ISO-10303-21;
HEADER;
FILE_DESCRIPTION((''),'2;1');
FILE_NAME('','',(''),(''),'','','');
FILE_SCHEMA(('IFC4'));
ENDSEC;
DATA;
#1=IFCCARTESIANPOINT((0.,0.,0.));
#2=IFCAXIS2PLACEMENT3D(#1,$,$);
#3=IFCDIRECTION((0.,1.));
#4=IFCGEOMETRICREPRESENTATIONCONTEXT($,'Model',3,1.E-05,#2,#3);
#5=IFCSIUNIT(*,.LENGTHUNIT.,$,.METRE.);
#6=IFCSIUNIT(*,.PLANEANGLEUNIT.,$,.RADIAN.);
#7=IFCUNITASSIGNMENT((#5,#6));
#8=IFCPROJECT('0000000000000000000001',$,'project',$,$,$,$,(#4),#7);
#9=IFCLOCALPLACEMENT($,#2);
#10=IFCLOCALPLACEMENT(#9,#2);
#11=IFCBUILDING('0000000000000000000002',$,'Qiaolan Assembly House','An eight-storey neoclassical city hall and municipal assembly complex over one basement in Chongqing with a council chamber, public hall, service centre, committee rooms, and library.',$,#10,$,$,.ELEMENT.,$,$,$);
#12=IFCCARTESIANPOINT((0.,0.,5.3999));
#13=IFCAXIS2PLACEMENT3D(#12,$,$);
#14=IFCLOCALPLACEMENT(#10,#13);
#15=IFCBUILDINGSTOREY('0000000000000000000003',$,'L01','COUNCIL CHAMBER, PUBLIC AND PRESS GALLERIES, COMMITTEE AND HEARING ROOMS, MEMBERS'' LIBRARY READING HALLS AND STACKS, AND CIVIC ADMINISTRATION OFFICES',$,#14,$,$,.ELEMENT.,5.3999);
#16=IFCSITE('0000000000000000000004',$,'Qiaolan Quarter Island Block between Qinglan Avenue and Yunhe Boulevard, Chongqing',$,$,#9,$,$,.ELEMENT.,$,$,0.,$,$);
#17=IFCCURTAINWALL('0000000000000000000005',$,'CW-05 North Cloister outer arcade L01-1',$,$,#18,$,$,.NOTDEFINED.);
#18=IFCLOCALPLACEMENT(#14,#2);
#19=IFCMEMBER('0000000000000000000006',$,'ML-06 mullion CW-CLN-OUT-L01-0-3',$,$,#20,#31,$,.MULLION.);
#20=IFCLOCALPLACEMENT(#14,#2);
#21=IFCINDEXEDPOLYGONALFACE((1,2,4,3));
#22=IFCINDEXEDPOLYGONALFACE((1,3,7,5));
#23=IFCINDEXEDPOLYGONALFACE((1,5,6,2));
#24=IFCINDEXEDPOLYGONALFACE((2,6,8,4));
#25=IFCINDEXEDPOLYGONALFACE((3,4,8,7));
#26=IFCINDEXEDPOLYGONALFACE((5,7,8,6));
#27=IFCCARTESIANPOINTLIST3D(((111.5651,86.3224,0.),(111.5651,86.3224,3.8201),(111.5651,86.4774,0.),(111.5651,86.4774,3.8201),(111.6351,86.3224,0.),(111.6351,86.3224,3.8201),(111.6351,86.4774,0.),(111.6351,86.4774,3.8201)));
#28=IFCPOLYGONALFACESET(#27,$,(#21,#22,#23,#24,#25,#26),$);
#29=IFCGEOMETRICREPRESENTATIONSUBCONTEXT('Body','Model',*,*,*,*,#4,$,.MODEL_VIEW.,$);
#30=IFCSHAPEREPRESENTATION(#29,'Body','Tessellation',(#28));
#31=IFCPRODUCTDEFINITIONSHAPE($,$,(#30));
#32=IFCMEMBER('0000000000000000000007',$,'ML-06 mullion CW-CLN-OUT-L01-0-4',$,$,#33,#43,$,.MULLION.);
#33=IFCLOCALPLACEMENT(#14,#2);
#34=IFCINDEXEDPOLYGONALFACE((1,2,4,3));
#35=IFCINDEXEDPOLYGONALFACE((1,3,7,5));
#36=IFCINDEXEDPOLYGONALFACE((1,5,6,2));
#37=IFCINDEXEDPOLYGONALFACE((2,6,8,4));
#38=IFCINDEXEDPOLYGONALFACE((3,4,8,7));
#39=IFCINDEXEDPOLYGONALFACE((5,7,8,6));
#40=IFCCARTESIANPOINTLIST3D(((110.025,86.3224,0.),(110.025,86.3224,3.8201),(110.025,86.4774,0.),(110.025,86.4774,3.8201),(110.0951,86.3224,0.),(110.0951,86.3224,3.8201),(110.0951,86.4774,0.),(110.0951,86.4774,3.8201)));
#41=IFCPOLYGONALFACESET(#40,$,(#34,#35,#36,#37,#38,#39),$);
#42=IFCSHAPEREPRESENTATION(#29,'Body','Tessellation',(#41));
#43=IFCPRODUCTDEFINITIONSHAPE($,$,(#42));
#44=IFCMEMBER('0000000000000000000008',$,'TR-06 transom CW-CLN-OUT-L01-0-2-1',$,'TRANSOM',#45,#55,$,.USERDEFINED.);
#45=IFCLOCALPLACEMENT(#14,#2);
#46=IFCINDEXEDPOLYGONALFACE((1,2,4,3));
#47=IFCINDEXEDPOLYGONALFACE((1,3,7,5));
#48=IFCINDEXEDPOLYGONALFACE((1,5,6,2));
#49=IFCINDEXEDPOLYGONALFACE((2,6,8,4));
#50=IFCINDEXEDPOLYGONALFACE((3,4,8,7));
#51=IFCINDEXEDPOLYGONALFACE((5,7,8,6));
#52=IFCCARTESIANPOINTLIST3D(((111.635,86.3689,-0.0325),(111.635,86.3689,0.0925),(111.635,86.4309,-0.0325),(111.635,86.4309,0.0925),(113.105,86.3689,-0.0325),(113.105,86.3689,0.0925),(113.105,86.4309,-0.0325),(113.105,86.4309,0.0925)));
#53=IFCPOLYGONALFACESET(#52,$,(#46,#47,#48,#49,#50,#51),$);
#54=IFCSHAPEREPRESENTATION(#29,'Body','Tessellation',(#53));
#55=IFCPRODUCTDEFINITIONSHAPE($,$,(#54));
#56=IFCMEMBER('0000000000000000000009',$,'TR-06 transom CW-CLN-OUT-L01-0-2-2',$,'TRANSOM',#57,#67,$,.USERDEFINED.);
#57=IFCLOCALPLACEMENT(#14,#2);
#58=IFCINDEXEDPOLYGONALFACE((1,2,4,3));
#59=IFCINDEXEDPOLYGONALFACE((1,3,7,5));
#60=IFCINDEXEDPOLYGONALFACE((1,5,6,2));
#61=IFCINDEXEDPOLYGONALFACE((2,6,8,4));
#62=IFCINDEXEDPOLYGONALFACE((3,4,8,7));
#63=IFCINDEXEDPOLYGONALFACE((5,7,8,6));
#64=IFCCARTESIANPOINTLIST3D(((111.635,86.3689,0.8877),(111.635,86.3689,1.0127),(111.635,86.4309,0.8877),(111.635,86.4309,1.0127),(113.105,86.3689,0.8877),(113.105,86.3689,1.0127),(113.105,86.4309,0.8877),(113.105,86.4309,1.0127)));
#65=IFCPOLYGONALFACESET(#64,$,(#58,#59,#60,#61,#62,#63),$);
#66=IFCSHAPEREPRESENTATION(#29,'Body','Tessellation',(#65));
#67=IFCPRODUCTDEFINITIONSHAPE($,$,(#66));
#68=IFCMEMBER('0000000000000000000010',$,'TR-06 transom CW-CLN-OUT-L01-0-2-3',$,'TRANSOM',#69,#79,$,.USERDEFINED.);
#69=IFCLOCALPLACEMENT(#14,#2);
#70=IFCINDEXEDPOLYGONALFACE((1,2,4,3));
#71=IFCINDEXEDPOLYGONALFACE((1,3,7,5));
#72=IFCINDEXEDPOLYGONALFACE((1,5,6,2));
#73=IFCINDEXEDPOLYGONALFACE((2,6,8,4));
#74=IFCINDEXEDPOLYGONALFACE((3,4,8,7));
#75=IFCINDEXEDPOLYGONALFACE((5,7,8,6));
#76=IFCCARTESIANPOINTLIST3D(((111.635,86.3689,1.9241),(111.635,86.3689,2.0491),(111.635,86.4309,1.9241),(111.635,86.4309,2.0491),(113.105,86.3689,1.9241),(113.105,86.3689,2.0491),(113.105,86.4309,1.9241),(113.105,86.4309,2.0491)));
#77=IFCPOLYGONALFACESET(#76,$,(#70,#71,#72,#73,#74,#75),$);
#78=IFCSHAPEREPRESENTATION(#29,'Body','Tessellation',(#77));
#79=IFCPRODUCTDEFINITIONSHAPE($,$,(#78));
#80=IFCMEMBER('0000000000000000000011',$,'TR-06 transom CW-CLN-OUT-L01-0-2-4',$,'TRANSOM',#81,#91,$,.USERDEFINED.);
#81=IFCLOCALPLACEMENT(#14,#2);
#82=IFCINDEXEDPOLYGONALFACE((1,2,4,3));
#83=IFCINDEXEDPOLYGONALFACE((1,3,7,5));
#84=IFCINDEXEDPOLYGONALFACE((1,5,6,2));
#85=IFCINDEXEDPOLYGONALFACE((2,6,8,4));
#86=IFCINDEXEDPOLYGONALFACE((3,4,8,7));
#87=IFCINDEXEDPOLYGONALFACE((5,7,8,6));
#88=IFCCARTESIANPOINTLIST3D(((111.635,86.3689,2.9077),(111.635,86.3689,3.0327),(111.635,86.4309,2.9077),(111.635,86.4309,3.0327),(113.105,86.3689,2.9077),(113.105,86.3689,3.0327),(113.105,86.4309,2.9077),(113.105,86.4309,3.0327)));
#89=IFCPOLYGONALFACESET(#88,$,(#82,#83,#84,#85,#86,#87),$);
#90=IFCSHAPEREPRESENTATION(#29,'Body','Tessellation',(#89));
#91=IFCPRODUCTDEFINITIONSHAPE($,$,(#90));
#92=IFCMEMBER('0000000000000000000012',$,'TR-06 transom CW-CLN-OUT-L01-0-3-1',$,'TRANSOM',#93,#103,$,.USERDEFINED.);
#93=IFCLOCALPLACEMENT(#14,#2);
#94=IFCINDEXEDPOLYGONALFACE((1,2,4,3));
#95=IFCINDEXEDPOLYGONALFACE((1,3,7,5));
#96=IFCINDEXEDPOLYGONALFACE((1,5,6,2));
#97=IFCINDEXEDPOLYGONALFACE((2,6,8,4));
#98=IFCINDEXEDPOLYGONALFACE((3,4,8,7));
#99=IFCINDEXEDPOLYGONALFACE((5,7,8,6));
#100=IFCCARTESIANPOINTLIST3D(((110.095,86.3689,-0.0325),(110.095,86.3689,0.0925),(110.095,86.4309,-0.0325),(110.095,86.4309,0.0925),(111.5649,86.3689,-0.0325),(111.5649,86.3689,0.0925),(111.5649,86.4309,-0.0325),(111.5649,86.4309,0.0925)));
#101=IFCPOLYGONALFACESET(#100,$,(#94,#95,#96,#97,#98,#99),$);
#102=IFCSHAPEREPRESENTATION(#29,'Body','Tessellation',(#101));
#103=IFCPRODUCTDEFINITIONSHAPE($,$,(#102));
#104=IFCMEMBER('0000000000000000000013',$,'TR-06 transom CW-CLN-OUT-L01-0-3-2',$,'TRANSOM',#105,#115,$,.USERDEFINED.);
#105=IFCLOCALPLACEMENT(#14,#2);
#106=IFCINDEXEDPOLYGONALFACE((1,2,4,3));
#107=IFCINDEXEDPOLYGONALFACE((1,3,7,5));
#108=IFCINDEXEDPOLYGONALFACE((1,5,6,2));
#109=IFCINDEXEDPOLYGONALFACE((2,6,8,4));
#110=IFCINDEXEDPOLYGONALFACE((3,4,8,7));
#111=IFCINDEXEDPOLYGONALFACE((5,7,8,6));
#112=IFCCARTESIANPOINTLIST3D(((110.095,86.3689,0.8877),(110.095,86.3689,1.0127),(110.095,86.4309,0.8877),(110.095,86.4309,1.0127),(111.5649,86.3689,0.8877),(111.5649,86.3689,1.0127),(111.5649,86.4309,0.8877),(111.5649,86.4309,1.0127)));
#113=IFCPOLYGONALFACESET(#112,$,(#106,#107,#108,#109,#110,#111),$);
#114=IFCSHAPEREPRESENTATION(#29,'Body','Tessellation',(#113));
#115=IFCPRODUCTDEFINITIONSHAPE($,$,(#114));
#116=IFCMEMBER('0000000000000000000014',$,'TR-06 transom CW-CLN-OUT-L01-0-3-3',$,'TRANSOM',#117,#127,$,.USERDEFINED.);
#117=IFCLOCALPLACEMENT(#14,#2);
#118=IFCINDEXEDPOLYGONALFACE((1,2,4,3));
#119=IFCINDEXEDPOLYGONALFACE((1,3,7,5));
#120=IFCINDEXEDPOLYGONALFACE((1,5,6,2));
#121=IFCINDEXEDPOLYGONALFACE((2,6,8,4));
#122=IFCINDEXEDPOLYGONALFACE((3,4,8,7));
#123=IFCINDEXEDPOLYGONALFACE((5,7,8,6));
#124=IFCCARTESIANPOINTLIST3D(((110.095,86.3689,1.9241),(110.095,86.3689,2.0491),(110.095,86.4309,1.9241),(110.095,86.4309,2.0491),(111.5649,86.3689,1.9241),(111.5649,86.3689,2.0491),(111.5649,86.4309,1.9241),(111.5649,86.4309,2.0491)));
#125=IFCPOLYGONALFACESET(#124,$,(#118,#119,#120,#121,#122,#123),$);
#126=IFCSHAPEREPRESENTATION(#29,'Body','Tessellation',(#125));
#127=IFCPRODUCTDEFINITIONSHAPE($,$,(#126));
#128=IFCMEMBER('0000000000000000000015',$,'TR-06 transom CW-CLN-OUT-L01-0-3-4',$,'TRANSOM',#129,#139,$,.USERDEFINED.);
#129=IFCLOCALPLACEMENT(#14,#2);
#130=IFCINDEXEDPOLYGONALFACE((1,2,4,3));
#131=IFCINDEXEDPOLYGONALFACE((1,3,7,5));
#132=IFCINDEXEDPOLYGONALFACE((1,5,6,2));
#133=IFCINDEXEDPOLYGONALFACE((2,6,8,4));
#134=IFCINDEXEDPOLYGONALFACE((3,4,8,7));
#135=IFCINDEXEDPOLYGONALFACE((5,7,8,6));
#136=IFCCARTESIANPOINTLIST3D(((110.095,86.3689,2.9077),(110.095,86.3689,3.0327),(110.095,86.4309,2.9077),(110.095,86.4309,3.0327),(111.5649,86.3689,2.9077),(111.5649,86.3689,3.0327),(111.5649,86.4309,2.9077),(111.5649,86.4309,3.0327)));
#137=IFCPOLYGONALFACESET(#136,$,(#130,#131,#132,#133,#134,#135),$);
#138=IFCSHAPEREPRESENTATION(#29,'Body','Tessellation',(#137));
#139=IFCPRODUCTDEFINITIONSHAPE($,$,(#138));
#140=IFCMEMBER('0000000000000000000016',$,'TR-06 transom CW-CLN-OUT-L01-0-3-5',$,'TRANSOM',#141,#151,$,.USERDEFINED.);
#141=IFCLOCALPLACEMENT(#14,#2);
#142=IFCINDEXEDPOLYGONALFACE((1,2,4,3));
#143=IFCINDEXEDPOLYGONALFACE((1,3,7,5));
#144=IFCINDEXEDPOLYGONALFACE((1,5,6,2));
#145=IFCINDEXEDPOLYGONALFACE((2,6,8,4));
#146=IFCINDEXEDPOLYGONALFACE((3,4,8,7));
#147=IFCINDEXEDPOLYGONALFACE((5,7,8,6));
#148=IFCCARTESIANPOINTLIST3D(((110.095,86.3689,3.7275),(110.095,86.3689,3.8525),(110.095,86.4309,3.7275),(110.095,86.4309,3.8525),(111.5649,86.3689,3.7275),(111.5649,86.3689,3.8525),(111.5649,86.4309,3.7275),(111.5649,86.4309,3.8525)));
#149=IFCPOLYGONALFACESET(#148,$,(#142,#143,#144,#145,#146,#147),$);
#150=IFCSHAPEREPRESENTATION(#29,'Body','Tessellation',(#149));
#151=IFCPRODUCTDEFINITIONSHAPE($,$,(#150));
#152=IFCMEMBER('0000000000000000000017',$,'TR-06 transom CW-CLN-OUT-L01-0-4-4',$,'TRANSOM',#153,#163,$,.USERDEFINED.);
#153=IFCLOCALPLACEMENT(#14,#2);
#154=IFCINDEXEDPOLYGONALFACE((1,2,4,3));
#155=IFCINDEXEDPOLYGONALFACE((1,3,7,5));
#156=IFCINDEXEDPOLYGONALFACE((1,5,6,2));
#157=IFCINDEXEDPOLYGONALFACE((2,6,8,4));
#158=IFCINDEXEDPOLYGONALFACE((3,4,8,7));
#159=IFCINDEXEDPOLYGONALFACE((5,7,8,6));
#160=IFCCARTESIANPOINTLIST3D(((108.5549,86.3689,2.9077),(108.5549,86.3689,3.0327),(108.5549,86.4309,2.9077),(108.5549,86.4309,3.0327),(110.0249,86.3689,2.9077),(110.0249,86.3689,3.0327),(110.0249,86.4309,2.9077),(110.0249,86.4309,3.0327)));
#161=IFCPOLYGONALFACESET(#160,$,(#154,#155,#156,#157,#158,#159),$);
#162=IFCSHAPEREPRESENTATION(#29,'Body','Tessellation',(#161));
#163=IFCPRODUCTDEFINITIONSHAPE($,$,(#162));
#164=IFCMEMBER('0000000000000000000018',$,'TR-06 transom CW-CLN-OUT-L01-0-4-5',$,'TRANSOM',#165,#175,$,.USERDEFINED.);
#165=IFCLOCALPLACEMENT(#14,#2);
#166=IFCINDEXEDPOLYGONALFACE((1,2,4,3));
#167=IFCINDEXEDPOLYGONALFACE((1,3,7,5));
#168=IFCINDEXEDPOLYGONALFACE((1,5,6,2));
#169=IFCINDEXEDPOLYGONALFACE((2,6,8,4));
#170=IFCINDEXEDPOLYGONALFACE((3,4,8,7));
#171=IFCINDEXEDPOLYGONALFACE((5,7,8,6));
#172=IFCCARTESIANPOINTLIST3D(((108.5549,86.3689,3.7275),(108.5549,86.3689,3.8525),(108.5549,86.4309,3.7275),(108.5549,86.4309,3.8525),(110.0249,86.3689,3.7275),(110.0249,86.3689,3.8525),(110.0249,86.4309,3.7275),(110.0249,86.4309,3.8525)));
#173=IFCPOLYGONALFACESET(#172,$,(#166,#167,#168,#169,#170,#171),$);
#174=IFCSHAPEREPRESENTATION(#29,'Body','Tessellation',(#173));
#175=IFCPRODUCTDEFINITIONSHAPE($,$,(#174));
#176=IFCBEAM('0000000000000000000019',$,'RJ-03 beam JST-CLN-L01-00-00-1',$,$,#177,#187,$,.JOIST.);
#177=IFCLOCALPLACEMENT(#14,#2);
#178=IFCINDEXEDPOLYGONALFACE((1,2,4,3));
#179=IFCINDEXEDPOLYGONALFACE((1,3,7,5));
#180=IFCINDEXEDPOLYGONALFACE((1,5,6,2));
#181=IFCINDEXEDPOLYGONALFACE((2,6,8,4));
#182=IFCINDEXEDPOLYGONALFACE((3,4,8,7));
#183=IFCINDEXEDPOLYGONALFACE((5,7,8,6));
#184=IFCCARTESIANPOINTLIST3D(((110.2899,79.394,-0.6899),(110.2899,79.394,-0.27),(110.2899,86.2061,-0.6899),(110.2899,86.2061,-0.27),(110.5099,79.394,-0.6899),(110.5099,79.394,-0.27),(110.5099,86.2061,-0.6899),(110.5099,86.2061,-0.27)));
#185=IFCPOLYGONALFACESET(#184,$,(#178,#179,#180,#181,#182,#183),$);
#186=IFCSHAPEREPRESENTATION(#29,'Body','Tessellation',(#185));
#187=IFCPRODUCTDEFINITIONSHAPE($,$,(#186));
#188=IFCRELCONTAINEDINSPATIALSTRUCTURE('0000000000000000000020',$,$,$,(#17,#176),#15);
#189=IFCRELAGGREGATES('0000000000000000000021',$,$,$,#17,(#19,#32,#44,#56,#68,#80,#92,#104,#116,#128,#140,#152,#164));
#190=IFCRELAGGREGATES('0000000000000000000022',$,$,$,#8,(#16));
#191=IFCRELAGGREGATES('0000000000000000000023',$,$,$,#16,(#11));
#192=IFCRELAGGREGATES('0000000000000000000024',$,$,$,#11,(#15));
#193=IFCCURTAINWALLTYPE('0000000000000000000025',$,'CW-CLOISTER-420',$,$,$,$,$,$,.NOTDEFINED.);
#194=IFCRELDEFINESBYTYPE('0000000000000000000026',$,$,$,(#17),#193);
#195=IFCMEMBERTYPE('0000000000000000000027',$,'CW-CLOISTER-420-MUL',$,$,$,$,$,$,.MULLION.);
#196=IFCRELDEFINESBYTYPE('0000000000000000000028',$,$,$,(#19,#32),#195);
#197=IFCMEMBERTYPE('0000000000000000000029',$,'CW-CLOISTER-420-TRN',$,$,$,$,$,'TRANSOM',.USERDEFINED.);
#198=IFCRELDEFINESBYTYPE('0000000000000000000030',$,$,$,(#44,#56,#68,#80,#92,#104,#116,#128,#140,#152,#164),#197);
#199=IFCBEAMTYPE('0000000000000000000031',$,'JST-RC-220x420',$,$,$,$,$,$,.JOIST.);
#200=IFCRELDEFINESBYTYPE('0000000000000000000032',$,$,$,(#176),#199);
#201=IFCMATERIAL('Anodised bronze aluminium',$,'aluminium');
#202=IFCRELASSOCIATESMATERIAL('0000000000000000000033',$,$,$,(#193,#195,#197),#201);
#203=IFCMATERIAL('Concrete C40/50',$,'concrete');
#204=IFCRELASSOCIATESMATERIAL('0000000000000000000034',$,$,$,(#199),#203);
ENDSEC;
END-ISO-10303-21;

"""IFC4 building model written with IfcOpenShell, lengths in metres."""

from ifc_helpers import new_model, si_unit, direction, frame, origin, origin_2d, place, context, subcontext, project, spatial, rectangle, extrude, material, material_profile, profile_set, type_object, element, aggregate, save


model = new_model("IFC4")

# Units and contexts
model_context = context("Model", 3, precision=1e-05, world=origin(), true_north=direction((0.0, 1.0)))
body_context = subcontext(model_context, "Body", "Model", "MODEL_VIEW")
ifc_project = project(units=[si_unit("LENGTHUNIT", "METRE"), si_unit("PLANEANGLEUNIT", "RADIAN")], contexts=[model_context])

# Site, building, storey
site_placement = place(None, origin())
site = spatial("IfcSite", under=ifc_project, at=site_placement, Name="Qiaolan Quarter Island Block between Qinglan Avenue and Yunhe Boulevard, Chongqing", CompositionType="ELEMENT", RefElevation=0.0)
building_placement = place(site_placement, origin())
building = spatial("IfcBuilding", under=site, at=building_placement, Name="Qiaolan Assembly House", Description="An eight-storey neoclassical city hall and municipal assembly complex over one basement in Chongqing with a council chamber, public hall, service centre, committee rooms, and library.", CompositionType="ELEMENT")
storey_placement = place(building_placement, frame((0.0, 0.0, 5.3999)))
storey = spatial("IfcBuildingStorey", under=building, at=storey_placement, Name="L01", Description="COUNCIL CHAMBER, PUBLIC AND PRESS GALLERIES, COMMITTEE AND HEARING ROOMS, MEMBERS' LIBRARY READING HALLS AND STACKS, AND CIVIC ADMINISTRATION OFFICES", CompositionType="ELEMENT", Elevation=5.3999)

# Curtain wall, members
ifc_material_1 = material(Name="Anodised bronze aluminium", Category="aluminium")
curtain_wall_type = type_object("IfcCurtainWallType", Name="CW-CLOISTER-420", PredefinedType="NOTDEFINED", material=ifc_material_1)
curtain_wall_placement = place(storey_placement, origin())
curtain_wall = element("IfcCurtainWall", 1, at=curtain_wall_placement, inside=storey, type_object=curtain_wall_type, Name="CW-05 North Cloister outer arcade L01-1", PredefinedType="NOTDEFINED")
ifc_material_profile_1 = material_profile(ifc_material_1, rectangle(XDim=0.0701, YDim=0.155, at=origin_2d()), Name="MUL 70x155")
ifc_profile_set_1 = profile_set([ifc_material_profile_1], Name="Anodised bronze aluminium")
member_type_1 = type_object("IfcMemberType", Name="CW-CLOISTER-420-MUL", PredefinedType="MULLION", material=ifc_profile_set_1)
member_1_placement = place(storey_placement, frame((111.6001, 86.3999, 0.0), z_axis=(0.0, 0.0, 1.0), x_axis=(-1.0, 0.0, 0.0)))
member_1 = element("IfcMember", 2, at=member_1_placement, type_object=member_type_1, Name="ML-06 mullion CW-CLN-OUT-L01-0-3", PredefinedType="MULLION", context=body_context, shape_type="SweptSolid", body=[
    extrude(rectangle(XDim=0.0701, YDim=0.155, at=origin_2d()), origin(), (0.0, 0.0, 1.0), 3.8201),
])
member_2_placement = place(storey_placement, frame((110.0601, 86.3999, 0.0), z_axis=(0.0, 0.0, 1.0), x_axis=(-1.0, 0.0, 0.0)))
member_2 = element("IfcMember", 3, at=member_2_placement, type_object=member_type_1, Name="ML-06 mullion CW-CLN-OUT-L01-0-4", PredefinedType="MULLION", context=body_context, shape_type="SweptSolid", body=[
    extrude(rectangle(XDim=0.0701, YDim=0.155, at=origin_2d()), origin(), (0.0, 0.0, 1.0), 3.8201),
])
ifc_material_profile_2 = material_profile(ifc_material_1, rectangle(XDim=0.062, YDim=0.125, at=origin_2d()), Name="TRN 62x125")
ifc_profile_set_2 = profile_set([ifc_material_profile_2], Name="Anodised bronze aluminium")
member_type_2 = type_object("IfcMemberType", Name="CW-CLOISTER-420-TRN", ElementType="TRANSOM", PredefinedType="USERDEFINED", material=ifc_profile_set_2)
member_3_placement = place(storey_placement, frame((113.105, 86.3999, 0.03), z_axis=(-1.0, 0.0, 0.0), x_axis=(0.0, -1.0, 0.0)))
member_3 = element("IfcMember", 4, at=member_3_placement, type_object=member_type_2, Name="TR-06 transom CW-CLN-OUT-L01-0-2-1", ObjectType="TRANSOM", PredefinedType="USERDEFINED", context=body_context, shape_type="SweptSolid", body=[
    extrude(rectangle(XDim=0.062, YDim=0.125, at=origin_2d()), origin(), (0.0, 0.0, 1.0), 1.47),
])
member_4_placement = place(storey_placement, frame((113.105, 86.3999, 0.9502), z_axis=(-1.0, 0.0, 0.0), x_axis=(0.0, -1.0, 0.0)))
member_4 = element("IfcMember", 5, at=member_4_placement, type_object=member_type_2, Name="TR-06 transom CW-CLN-OUT-L01-0-2-2", ObjectType="TRANSOM", PredefinedType="USERDEFINED", context=body_context, shape_type="SweptSolid", body=[
    extrude(rectangle(XDim=0.062, YDim=0.125, at=origin_2d()), origin(), (0.0, 0.0, 1.0), 1.47),
])
member_5_placement = place(storey_placement, frame((113.105, 86.3999, 1.9866), z_axis=(-1.0, 0.0, 0.0), x_axis=(0.0, -1.0, 0.0)))
member_5 = element("IfcMember", 6, at=member_5_placement, type_object=member_type_2, Name="TR-06 transom CW-CLN-OUT-L01-0-2-3", ObjectType="TRANSOM", PredefinedType="USERDEFINED", context=body_context, shape_type="SweptSolid", body=[
    extrude(rectangle(XDim=0.062, YDim=0.125, at=origin_2d()), origin(), (0.0, 0.0, 1.0), 1.47),
])
member_6_placement = place(storey_placement, frame((113.105, 86.3999, 2.9702), z_axis=(-1.0, 0.0, 0.0), x_axis=(0.0, -1.0, 0.0)))
member_6 = element("IfcMember", 7, at=member_6_placement, type_object=member_type_2, Name="TR-06 transom CW-CLN-OUT-L01-0-2-4", ObjectType="TRANSOM", PredefinedType="USERDEFINED", context=body_context, shape_type="SweptSolid", body=[
    extrude(rectangle(XDim=0.062, YDim=0.125, at=origin_2d()), origin(), (0.0, 0.0, 1.0), 1.47),
])
member_7_placement = place(storey_placement, frame((111.5649, 86.3999, 0.03), z_axis=(-1.0, 0.0, 0.0), x_axis=(0.0, -1.0, 0.0)))
member_7 = element("IfcMember", 8, at=member_7_placement, type_object=member_type_2, Name="TR-06 transom CW-CLN-OUT-L01-0-3-1", ObjectType="TRANSOM", PredefinedType="USERDEFINED", context=body_context, shape_type="SweptSolid", body=[
    extrude(rectangle(XDim=0.062, YDim=0.125, at=origin_2d()), origin(), (0.0, 0.0, 1.0), 1.47),
])
member_8_placement = place(storey_placement, frame((111.5649, 86.3999, 0.9502), z_axis=(-1.0, 0.0, 0.0), x_axis=(0.0, -1.0, 0.0)))
member_8 = element("IfcMember", 9, at=member_8_placement, type_object=member_type_2, Name="TR-06 transom CW-CLN-OUT-L01-0-3-2", ObjectType="TRANSOM", PredefinedType="USERDEFINED", context=body_context, shape_type="SweptSolid", body=[
    extrude(rectangle(XDim=0.062, YDim=0.125, at=origin_2d()), origin(), (0.0, 0.0, 1.0), 1.47),
])
member_9_placement = place(storey_placement, frame((111.5649, 86.3999, 1.9866), z_axis=(-1.0, 0.0, 0.0), x_axis=(0.0, -1.0, 0.0)))
member_9 = element("IfcMember", 10, at=member_9_placement, type_object=member_type_2, Name="TR-06 transom CW-CLN-OUT-L01-0-3-3", ObjectType="TRANSOM", PredefinedType="USERDEFINED", context=body_context, shape_type="SweptSolid", body=[
    extrude(rectangle(XDim=0.062, YDim=0.125, at=origin_2d()), origin(), (0.0, 0.0, 1.0), 1.47),
])
member_10_placement = place(storey_placement, frame((111.5649, 86.3999, 2.9702), z_axis=(-1.0, 0.0, 0.0), x_axis=(0.0, -1.0, 0.0)))
member_10 = element("IfcMember", 11, at=member_10_placement, type_object=member_type_2, Name="TR-06 transom CW-CLN-OUT-L01-0-3-4", ObjectType="TRANSOM", PredefinedType="USERDEFINED", context=body_context, shape_type="SweptSolid", body=[
    extrude(rectangle(XDim=0.062, YDim=0.125, at=origin_2d()), origin(), (0.0, 0.0, 1.0), 1.47),
])
member_11_placement = place(storey_placement, frame((111.5649, 86.3999, 3.79), z_axis=(-1.0, 0.0, 0.0), x_axis=(0.0, -1.0, 0.0)))
member_11 = element("IfcMember", 12, at=member_11_placement, type_object=member_type_2, Name="TR-06 transom CW-CLN-OUT-L01-0-3-5", ObjectType="TRANSOM", PredefinedType="USERDEFINED", context=body_context, shape_type="SweptSolid", body=[
    extrude(rectangle(XDim=0.062, YDim=0.125, at=origin_2d()), origin(), (0.0, 0.0, 1.0), 1.47),
])
member_12_placement = place(storey_placement, frame((110.0249, 86.3999, 2.9702), z_axis=(-1.0, 0.0, 0.0), x_axis=(0.0, -1.0, 0.0)))
member_12 = element("IfcMember", 13, at=member_12_placement, type_object=member_type_2, Name="TR-06 transom CW-CLN-OUT-L01-0-4-4", ObjectType="TRANSOM", PredefinedType="USERDEFINED", context=body_context, shape_type="SweptSolid", body=[
    extrude(rectangle(XDim=0.062, YDim=0.125, at=origin_2d()), origin(), (0.0, 0.0, 1.0), 1.47),
])
member_13_placement = place(storey_placement, frame((110.0249, 86.3999, 3.79), z_axis=(-1.0, 0.0, 0.0), x_axis=(0.0, -1.0, 0.0)))
member_13 = element("IfcMember", 14, at=member_13_placement, type_object=member_type_2, Name="TR-06 transom CW-CLN-OUT-L01-0-4-5", ObjectType="TRANSOM", PredefinedType="USERDEFINED", context=body_context, shape_type="SweptSolid", body=[
    extrude(rectangle(XDim=0.062, YDim=0.125, at=origin_2d()), origin(), (0.0, 0.0, 1.0), 1.47),
])

# Beam
ifc_material_2 = material(Name="Concrete C40/50", Category="concrete")
ifc_material_profile_3 = material_profile(ifc_material_2, rectangle(XDim=0.22, YDim=0.4199, at=origin_2d()), Name="RCB 220x420")
ifc_profile_set_3 = profile_set([ifc_material_profile_3], Name="Concrete C40/50")
beam_type = type_object("IfcBeamType", Name="JST-RC-220x420", PredefinedType="JOIST", material=ifc_profile_set_3)
for number, where, z_axis, x_axis, name in (
    (15, (110.3999, 79.394, -0.48), (0.0, 1.0, 0.0), (-1.0, 0.0, 0.0), "RJ-03 beam JST-CLN-L01-00-00-1"),
):
    element("IfcBeam", number, at=place(storey_placement, frame(where, z_axis=z_axis, x_axis=x_axis)), inside=storey, type_object=beam_type, Name=name, PredefinedType="JOIST", context=body_context, shape_type="SweptSolid", body=[
        extrude(rectangle(XDim=0.22, YDim=0.4199, at=origin_2d()), origin(), (0.0, 0.0, 1.0), 6.812),
    ])

aggregate(curtain_wall, [member_1, member_2, member_3, member_4, member_5, member_6, member_7, member_8, member_9, member_10, member_11, member_12, member_13])

save(model, "model.ifc")
